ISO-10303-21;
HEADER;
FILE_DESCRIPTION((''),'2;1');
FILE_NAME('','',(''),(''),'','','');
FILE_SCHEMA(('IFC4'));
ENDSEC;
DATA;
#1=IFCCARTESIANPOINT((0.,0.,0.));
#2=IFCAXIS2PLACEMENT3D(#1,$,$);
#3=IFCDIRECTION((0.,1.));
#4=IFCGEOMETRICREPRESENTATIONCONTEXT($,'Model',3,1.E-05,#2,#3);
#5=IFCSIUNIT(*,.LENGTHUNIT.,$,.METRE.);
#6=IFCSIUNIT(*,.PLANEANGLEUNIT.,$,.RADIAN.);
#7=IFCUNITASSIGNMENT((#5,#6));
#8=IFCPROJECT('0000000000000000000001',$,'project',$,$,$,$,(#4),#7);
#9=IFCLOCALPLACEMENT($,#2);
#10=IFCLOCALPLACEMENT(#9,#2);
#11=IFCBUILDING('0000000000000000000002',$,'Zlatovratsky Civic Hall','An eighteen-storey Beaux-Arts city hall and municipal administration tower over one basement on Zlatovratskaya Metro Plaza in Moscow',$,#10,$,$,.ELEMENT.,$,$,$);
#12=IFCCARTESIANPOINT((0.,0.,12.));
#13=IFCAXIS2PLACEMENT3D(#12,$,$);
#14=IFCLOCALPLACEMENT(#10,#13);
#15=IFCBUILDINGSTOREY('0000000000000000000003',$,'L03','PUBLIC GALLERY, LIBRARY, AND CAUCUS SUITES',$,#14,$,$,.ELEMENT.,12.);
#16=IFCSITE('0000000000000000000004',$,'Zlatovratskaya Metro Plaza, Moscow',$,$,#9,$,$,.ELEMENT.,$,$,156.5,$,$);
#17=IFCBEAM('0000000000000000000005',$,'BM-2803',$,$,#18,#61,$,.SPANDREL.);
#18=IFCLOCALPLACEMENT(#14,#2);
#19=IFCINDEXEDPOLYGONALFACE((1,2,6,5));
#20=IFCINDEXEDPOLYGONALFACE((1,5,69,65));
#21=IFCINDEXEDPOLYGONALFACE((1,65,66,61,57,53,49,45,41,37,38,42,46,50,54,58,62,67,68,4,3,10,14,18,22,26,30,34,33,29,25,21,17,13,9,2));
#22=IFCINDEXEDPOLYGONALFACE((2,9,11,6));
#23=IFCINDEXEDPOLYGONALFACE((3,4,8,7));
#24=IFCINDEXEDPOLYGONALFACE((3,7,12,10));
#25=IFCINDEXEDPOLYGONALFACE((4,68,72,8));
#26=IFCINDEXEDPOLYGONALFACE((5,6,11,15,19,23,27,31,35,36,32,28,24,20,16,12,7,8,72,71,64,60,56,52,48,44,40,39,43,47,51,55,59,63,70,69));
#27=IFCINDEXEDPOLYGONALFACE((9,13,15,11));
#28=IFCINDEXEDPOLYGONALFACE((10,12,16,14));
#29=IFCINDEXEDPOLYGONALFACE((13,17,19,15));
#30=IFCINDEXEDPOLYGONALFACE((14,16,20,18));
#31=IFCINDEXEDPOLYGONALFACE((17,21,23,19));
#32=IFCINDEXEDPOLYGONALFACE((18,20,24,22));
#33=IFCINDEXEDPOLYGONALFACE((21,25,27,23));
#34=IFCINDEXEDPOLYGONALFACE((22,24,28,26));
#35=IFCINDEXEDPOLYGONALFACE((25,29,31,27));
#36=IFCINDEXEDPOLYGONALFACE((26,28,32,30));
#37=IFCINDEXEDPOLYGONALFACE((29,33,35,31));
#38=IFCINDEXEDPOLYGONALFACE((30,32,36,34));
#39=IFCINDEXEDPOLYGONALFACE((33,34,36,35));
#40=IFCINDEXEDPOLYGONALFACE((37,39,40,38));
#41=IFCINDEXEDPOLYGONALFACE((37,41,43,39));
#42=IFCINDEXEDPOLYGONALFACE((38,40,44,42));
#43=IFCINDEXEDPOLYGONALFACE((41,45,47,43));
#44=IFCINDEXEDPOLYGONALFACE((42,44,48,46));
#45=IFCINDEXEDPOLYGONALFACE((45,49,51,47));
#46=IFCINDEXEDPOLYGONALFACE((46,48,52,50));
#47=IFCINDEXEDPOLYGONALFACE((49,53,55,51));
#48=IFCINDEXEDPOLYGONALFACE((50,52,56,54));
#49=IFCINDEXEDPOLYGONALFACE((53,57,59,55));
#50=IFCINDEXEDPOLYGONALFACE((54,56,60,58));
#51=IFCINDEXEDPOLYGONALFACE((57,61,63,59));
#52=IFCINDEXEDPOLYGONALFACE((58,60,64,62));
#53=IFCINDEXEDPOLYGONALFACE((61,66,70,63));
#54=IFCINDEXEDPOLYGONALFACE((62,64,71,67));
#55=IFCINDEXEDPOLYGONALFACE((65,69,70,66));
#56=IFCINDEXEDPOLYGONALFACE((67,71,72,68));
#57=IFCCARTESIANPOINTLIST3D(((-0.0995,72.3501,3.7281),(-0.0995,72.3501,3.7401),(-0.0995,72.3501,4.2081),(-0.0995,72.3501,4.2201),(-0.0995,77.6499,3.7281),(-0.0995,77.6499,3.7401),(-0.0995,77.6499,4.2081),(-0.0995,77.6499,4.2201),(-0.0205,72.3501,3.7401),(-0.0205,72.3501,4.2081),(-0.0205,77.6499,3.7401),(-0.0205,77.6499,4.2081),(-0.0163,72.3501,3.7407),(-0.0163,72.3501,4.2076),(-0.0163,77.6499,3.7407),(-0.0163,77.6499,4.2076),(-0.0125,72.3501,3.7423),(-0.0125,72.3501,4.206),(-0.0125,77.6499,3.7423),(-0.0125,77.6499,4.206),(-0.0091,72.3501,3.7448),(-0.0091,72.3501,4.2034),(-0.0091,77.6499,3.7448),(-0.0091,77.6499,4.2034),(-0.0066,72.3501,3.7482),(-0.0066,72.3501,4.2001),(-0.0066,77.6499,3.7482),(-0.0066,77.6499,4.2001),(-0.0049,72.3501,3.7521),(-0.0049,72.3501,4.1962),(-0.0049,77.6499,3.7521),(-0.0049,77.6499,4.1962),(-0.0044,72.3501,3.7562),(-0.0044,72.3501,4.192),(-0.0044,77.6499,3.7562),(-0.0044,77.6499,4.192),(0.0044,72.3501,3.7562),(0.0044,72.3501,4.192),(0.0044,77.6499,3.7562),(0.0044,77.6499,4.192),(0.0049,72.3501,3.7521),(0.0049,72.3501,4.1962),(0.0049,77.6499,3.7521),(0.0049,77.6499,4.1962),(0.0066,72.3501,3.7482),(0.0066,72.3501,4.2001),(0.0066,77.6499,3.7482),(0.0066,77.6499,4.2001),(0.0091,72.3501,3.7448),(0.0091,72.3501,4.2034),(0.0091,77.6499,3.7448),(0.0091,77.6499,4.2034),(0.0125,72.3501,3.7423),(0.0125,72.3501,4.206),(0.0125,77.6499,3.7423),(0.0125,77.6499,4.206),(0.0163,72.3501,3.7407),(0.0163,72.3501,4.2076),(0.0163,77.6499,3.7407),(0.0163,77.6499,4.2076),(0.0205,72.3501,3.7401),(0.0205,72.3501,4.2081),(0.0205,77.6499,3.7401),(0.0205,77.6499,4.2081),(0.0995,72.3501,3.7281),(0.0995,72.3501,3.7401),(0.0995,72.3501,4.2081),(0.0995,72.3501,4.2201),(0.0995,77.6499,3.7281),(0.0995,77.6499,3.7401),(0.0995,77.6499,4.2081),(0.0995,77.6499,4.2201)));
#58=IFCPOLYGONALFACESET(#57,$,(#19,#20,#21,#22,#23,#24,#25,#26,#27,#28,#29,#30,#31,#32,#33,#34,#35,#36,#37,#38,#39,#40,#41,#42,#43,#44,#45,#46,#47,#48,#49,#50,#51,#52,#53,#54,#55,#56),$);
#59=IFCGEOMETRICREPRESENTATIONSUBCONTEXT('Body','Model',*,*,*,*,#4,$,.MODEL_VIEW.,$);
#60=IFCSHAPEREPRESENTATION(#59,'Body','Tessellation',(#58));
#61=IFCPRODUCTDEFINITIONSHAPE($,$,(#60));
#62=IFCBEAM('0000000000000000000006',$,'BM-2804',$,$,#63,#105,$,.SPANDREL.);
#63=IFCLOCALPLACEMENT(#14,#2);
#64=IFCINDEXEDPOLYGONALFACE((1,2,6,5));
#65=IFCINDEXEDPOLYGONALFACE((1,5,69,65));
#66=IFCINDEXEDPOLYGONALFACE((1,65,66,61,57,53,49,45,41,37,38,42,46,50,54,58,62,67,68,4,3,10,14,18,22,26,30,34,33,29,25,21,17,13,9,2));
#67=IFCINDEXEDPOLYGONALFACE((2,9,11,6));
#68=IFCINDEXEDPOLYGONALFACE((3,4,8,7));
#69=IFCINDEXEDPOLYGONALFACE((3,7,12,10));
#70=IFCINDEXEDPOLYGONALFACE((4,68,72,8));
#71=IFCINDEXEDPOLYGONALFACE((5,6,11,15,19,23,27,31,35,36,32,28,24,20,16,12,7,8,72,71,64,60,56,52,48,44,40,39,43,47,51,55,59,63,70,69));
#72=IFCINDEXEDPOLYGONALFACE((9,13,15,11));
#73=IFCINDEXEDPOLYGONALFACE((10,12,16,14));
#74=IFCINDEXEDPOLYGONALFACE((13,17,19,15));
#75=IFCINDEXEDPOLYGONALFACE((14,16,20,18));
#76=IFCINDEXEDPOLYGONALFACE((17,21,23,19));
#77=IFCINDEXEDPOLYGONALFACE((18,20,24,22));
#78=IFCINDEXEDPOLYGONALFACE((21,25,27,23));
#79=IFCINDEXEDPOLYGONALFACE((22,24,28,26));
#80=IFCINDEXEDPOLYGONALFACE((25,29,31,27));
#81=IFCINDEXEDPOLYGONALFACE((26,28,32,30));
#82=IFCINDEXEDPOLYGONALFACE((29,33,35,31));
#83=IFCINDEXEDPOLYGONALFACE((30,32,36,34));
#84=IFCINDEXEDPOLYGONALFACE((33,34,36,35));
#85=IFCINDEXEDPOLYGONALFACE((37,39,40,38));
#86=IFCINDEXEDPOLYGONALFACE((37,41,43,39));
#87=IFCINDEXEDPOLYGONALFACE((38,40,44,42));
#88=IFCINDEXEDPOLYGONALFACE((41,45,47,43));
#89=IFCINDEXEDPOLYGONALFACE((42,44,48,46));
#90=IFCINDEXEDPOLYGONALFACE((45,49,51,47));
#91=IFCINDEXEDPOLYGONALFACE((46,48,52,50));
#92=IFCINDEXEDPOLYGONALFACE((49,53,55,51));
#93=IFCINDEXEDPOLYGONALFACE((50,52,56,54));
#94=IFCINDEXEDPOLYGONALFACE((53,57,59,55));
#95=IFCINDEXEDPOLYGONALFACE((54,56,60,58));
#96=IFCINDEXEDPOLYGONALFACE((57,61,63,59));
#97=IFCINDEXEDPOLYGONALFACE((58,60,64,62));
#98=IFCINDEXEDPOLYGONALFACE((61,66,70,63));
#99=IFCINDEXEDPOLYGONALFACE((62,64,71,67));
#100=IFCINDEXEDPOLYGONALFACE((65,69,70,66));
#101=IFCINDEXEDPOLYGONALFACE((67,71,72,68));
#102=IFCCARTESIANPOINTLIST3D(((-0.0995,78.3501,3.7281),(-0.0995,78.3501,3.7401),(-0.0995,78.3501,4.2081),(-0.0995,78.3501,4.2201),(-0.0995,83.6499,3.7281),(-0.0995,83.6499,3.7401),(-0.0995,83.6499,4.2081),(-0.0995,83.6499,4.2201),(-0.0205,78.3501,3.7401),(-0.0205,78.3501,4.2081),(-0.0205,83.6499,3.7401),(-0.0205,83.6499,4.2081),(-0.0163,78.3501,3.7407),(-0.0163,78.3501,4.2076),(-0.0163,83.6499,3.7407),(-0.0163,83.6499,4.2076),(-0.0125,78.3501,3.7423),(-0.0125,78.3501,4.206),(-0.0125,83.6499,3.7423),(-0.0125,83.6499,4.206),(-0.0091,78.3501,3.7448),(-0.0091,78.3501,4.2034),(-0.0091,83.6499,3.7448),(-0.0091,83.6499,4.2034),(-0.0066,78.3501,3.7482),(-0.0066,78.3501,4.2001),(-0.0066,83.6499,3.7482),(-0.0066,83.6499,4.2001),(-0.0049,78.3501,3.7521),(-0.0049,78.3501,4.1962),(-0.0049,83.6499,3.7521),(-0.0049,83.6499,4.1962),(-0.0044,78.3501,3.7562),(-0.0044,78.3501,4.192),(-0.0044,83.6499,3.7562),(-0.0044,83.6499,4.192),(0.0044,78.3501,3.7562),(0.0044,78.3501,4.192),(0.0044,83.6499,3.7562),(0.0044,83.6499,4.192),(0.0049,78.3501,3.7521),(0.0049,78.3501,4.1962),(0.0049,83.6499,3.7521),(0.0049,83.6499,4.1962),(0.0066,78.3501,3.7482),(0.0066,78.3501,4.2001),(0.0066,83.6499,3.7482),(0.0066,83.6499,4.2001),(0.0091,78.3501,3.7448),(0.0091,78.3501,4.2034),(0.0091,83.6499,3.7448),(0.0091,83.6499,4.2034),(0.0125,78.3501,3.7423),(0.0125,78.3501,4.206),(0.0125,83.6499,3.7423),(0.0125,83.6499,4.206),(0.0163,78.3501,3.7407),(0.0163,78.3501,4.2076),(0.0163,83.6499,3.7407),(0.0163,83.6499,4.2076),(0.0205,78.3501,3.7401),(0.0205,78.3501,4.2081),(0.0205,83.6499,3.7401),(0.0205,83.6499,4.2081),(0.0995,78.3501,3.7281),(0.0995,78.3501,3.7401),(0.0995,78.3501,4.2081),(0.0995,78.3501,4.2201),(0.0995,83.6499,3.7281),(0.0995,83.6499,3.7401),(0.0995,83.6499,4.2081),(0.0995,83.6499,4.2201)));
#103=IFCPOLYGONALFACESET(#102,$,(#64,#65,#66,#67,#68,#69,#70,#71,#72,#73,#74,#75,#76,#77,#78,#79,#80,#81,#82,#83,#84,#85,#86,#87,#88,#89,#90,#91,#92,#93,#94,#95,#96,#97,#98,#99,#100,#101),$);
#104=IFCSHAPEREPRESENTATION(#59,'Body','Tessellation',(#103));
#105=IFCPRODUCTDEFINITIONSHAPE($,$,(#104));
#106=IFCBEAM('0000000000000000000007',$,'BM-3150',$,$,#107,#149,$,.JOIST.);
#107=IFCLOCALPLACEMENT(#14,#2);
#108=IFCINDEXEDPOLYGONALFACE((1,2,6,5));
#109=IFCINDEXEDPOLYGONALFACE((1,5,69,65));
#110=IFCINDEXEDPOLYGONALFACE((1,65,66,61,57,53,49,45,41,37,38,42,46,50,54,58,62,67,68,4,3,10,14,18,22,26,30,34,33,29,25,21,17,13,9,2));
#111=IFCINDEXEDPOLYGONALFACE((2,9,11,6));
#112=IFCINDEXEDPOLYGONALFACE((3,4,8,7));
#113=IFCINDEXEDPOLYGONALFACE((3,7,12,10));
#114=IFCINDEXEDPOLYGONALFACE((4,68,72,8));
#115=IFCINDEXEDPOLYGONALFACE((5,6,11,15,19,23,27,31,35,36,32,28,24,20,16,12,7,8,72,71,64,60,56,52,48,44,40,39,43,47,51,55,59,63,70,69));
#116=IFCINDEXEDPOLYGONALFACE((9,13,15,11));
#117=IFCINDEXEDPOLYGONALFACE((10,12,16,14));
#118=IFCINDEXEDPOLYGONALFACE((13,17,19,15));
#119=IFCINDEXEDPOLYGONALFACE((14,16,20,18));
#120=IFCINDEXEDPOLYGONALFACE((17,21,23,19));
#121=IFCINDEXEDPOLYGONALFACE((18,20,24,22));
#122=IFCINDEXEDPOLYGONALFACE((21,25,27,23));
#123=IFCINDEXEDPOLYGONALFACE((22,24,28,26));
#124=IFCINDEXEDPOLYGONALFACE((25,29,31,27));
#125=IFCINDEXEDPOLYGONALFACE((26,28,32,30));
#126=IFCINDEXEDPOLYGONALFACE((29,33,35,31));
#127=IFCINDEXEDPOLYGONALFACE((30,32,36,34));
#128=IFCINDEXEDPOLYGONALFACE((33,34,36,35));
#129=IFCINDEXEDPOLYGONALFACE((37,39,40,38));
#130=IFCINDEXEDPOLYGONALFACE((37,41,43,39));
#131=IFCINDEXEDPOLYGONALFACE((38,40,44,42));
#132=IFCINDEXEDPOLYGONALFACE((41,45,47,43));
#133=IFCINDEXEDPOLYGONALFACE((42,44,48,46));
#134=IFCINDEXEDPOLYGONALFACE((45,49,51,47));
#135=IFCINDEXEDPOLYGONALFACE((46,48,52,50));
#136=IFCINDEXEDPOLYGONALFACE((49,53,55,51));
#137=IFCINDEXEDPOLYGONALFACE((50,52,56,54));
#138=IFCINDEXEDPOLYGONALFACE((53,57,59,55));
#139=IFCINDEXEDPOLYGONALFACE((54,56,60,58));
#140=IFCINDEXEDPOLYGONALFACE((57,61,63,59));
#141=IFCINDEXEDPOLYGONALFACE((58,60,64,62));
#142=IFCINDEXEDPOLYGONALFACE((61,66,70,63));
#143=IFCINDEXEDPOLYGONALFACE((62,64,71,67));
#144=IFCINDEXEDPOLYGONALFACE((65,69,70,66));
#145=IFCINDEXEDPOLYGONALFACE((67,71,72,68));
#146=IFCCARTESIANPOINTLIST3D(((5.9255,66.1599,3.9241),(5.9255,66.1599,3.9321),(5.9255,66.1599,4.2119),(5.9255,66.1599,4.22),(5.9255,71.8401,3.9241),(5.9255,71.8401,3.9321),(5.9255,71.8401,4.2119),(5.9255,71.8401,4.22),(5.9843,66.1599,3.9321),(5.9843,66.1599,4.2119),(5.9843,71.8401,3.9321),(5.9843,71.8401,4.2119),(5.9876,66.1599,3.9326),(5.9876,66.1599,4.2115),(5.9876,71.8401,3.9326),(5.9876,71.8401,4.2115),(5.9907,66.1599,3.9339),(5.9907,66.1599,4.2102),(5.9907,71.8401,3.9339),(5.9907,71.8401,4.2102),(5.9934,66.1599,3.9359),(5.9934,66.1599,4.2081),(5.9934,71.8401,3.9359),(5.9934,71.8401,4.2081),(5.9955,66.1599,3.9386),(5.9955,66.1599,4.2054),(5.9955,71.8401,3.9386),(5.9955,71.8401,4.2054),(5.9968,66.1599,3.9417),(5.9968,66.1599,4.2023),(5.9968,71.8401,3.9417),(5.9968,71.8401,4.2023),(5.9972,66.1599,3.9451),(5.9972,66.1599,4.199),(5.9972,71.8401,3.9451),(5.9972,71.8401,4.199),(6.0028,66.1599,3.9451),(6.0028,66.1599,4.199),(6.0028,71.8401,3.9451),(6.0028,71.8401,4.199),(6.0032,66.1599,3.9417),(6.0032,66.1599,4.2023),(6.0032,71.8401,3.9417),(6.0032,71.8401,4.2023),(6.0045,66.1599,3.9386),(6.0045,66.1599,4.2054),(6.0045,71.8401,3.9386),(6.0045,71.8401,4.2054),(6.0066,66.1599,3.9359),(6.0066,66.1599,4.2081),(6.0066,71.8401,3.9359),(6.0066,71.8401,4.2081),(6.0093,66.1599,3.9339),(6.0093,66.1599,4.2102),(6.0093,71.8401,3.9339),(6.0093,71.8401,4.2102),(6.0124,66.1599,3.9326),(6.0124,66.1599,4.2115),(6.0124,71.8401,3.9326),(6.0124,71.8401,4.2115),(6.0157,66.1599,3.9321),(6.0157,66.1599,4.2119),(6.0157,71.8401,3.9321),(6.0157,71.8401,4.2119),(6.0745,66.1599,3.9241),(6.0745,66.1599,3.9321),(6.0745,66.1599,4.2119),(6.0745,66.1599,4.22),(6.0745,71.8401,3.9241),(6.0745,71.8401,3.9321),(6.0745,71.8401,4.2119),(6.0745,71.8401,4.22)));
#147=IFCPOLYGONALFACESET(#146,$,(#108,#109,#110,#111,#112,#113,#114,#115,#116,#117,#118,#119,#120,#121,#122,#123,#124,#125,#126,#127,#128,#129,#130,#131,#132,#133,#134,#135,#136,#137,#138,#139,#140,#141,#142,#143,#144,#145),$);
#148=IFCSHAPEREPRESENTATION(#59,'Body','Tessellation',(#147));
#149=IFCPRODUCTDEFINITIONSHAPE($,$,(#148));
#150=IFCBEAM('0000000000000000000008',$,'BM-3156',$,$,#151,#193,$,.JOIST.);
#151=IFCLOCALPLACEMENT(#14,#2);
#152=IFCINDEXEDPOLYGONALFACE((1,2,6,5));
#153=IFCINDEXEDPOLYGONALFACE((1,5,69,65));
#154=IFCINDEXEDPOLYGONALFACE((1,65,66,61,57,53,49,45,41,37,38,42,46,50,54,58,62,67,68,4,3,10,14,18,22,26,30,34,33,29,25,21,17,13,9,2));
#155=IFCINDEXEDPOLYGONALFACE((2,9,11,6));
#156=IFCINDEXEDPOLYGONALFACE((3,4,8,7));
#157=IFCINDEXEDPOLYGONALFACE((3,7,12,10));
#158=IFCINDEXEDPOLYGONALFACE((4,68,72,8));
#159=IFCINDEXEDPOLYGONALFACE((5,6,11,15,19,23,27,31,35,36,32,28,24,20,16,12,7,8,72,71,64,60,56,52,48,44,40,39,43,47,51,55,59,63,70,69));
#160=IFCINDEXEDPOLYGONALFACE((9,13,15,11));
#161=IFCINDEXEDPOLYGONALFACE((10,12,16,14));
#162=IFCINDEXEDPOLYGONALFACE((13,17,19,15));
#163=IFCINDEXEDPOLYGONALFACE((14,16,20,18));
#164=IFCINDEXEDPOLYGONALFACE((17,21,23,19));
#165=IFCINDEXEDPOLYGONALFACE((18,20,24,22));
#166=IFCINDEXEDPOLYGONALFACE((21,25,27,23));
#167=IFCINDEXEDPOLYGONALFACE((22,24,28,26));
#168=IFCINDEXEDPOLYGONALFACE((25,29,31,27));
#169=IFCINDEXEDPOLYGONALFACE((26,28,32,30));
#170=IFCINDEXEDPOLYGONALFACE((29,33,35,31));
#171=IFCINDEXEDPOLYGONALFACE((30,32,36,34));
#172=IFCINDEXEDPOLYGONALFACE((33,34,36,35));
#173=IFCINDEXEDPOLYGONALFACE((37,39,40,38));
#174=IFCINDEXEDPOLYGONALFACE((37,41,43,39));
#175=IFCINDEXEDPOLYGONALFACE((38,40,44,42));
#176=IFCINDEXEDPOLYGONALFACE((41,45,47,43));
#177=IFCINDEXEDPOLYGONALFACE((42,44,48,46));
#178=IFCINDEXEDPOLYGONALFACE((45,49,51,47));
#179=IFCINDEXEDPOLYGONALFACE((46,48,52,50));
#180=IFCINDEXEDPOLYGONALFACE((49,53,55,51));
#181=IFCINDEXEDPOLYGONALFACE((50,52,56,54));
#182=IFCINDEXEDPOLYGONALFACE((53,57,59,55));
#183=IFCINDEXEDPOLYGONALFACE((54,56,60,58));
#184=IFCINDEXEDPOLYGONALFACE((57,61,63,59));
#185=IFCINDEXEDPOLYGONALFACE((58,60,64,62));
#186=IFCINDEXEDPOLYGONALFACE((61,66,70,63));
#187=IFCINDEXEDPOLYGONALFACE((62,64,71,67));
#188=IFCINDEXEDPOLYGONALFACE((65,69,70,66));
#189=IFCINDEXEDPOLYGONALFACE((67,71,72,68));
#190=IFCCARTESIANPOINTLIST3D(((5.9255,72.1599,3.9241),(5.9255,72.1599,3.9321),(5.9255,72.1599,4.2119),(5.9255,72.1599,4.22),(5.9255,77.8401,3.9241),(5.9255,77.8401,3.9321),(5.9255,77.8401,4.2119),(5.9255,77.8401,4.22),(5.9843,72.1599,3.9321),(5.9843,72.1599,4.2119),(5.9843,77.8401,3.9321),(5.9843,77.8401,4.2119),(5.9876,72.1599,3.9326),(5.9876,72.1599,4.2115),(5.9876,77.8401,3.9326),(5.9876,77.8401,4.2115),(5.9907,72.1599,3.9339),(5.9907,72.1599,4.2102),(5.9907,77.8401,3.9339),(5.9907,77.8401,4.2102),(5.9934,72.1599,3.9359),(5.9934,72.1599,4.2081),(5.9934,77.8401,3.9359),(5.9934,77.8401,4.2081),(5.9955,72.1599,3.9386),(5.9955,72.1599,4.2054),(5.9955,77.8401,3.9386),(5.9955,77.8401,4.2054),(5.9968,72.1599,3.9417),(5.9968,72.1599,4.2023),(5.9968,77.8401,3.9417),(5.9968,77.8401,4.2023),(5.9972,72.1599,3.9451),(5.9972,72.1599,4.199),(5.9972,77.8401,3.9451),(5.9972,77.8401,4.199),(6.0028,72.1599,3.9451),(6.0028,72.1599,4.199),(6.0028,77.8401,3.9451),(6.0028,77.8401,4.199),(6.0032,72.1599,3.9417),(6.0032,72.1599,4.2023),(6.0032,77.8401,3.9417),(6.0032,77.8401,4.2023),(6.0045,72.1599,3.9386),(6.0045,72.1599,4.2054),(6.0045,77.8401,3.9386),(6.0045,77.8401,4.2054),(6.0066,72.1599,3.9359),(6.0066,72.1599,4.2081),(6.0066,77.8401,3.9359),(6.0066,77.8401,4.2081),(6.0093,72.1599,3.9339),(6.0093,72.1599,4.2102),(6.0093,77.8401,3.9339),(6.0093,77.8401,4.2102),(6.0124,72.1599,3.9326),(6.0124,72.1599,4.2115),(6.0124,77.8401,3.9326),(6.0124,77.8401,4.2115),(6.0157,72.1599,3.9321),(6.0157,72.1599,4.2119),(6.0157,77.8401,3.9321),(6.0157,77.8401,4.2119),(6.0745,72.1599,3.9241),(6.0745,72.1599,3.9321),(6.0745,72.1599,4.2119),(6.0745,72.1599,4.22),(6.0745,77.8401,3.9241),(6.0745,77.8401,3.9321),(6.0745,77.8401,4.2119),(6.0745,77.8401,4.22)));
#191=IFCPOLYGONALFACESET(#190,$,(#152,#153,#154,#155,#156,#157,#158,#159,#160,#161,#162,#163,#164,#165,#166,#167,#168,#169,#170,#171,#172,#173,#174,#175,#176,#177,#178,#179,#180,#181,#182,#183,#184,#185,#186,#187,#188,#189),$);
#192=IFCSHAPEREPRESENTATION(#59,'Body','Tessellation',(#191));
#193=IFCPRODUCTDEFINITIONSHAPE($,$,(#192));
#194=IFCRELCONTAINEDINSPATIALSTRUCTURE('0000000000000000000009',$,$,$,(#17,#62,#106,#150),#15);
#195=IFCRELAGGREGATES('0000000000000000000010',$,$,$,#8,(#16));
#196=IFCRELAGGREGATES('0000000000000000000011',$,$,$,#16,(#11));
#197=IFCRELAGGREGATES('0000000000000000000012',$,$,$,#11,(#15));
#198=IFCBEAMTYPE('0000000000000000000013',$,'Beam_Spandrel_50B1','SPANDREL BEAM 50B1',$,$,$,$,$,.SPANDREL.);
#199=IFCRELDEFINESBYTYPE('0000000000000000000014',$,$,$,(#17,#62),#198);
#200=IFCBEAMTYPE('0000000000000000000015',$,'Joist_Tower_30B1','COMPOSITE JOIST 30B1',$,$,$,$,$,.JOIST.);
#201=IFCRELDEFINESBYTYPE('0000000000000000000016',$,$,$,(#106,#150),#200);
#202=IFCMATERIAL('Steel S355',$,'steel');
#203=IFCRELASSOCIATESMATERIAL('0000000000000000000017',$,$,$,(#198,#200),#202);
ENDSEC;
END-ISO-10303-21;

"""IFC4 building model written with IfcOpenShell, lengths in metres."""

from ifc_helpers import new_model, si_unit, direction, frame, origin, origin_2d, place, context, subcontext, project, spatial, i_section, extrude, material, material_profile, profile_set, type_object, element, save


model = new_model("IFC4")

# Units and contexts
model_context = context("Model", 3, precision=1e-05, world=origin(), true_north=direction((0.0, 1.0)))
body_context = subcontext(model_context, "Body", "Model", "MODEL_VIEW")
ifc_project = project(units=[si_unit("LENGTHUNIT", "METRE"), si_unit("PLANEANGLEUNIT", "RADIAN")], contexts=[model_context])

# Site, building, storey
site_placement = place(None, origin())
site = spatial("IfcSite", under=ifc_project, at=site_placement, Name="Zlatovratskaya Metro Plaza, Moscow", CompositionType="ELEMENT", RefElevation=156.5)
building_placement = place(site_placement, origin())
building = spatial("IfcBuilding", under=site, at=building_placement, Name="Zlatovratsky Civic Hall", Description="An eighteen-storey Beaux-Arts city hall and municipal administration tower over one basement on Zlatovratskaya Metro Plaza in Moscow", CompositionType="ELEMENT")
storey_placement = place(building_placement, frame((0.0, 0.0, 12.0)))
storey = spatial("IfcBuildingStorey", under=building, at=storey_placement, Name="L03", Description="PUBLIC GALLERY, LIBRARY, AND CAUCUS SUITES", CompositionType="ELEMENT", Elevation=12.0)

# Beams
ifc_material_1 = material(Name="Steel S355", Category="steel")
ifc_material_profile_1 = material_profile(ifc_material_1, i_section(OverallWidth=0.199, OverallDepth=0.4919, WebThickness=0.0088, FlangeThickness=0.012, FilletRadius=0.0161, at=origin_2d()), Name="50B1")
ifc_profile_set_1 = profile_set([ifc_material_profile_1], Name="Steel S355")
beam_type_1 = type_object("IfcBeamType", Name="Beam_Spandrel_50B1", Description="SPANDREL BEAM 50B1", PredefinedType="SPANDREL", material=ifc_profile_set_1)
for number, where, z_axis, x_axis, name in (
    (1, (0.0, 72.3501, 3.9741), (0.0, 1.0, 0.0), (-1.0, 0.0, 0.0), "BM-2803"),
    (2, (0.0, 78.3501, 3.9741), (0.0, 1.0, 0.0), (-1.0, 0.0, 0.0), "BM-2804"),
):
    element("IfcBeam", number, at=place(storey_placement, frame(where, z_axis=z_axis, x_axis=x_axis)), inside=storey, type_object=beam_type_1, Name=name, PredefinedType="SPANDREL", context=body_context, shape_type="SweptSolid", body=[
        extrude(i_section(OverallWidth=0.199, OverallDepth=0.4919, WebThickness=0.0088, FlangeThickness=0.012, FilletRadius=0.0161, at=origin_2d()), origin(), (0.0, 0.0, 1.0), 5.2998),
    ])
ifc_material_profile_2 = material_profile(ifc_material_1, i_section(OverallWidth=0.1489, OverallDepth=0.2959, WebThickness=0.0056, FlangeThickness=0.0081, FilletRadius=0.0129, at=origin_2d()), Name="30B1")
ifc_profile_set_2 = profile_set([ifc_material_profile_2], Name="Steel S355")
beam_type_2 = type_object("IfcBeamType", Name="Joist_Tower_30B1", Description="COMPOSITE JOIST 30B1", PredefinedType="JOIST", material=ifc_profile_set_2)
for number, where, z_axis, x_axis, name in (
    (3, (6.0, 66.1599, 4.072), (0.0, 1.0, 0.0), (-1.0, 0.0, 0.0), "BM-3150"),
    (4, (6.0, 72.1599, 4.072), (0.0, 1.0, 0.0), (-1.0, 0.0, 0.0), "BM-3156"),
):
    element("IfcBeam", number, at=place(storey_placement, frame(where, z_axis=z_axis, x_axis=x_axis)), inside=storey, type_object=beam_type_2, Name=name, PredefinedType="JOIST", context=body_context, shape_type="SweptSolid", body=[
        extrude(i_section(OverallWidth=0.1489, OverallDepth=0.2959, WebThickness=0.0056, FlangeThickness=0.0081, FilletRadius=0.0129, at=origin_2d()), origin(), (0.0, 0.0, 1.0), 5.6802),
    ])

save(model, "model.ifc")
